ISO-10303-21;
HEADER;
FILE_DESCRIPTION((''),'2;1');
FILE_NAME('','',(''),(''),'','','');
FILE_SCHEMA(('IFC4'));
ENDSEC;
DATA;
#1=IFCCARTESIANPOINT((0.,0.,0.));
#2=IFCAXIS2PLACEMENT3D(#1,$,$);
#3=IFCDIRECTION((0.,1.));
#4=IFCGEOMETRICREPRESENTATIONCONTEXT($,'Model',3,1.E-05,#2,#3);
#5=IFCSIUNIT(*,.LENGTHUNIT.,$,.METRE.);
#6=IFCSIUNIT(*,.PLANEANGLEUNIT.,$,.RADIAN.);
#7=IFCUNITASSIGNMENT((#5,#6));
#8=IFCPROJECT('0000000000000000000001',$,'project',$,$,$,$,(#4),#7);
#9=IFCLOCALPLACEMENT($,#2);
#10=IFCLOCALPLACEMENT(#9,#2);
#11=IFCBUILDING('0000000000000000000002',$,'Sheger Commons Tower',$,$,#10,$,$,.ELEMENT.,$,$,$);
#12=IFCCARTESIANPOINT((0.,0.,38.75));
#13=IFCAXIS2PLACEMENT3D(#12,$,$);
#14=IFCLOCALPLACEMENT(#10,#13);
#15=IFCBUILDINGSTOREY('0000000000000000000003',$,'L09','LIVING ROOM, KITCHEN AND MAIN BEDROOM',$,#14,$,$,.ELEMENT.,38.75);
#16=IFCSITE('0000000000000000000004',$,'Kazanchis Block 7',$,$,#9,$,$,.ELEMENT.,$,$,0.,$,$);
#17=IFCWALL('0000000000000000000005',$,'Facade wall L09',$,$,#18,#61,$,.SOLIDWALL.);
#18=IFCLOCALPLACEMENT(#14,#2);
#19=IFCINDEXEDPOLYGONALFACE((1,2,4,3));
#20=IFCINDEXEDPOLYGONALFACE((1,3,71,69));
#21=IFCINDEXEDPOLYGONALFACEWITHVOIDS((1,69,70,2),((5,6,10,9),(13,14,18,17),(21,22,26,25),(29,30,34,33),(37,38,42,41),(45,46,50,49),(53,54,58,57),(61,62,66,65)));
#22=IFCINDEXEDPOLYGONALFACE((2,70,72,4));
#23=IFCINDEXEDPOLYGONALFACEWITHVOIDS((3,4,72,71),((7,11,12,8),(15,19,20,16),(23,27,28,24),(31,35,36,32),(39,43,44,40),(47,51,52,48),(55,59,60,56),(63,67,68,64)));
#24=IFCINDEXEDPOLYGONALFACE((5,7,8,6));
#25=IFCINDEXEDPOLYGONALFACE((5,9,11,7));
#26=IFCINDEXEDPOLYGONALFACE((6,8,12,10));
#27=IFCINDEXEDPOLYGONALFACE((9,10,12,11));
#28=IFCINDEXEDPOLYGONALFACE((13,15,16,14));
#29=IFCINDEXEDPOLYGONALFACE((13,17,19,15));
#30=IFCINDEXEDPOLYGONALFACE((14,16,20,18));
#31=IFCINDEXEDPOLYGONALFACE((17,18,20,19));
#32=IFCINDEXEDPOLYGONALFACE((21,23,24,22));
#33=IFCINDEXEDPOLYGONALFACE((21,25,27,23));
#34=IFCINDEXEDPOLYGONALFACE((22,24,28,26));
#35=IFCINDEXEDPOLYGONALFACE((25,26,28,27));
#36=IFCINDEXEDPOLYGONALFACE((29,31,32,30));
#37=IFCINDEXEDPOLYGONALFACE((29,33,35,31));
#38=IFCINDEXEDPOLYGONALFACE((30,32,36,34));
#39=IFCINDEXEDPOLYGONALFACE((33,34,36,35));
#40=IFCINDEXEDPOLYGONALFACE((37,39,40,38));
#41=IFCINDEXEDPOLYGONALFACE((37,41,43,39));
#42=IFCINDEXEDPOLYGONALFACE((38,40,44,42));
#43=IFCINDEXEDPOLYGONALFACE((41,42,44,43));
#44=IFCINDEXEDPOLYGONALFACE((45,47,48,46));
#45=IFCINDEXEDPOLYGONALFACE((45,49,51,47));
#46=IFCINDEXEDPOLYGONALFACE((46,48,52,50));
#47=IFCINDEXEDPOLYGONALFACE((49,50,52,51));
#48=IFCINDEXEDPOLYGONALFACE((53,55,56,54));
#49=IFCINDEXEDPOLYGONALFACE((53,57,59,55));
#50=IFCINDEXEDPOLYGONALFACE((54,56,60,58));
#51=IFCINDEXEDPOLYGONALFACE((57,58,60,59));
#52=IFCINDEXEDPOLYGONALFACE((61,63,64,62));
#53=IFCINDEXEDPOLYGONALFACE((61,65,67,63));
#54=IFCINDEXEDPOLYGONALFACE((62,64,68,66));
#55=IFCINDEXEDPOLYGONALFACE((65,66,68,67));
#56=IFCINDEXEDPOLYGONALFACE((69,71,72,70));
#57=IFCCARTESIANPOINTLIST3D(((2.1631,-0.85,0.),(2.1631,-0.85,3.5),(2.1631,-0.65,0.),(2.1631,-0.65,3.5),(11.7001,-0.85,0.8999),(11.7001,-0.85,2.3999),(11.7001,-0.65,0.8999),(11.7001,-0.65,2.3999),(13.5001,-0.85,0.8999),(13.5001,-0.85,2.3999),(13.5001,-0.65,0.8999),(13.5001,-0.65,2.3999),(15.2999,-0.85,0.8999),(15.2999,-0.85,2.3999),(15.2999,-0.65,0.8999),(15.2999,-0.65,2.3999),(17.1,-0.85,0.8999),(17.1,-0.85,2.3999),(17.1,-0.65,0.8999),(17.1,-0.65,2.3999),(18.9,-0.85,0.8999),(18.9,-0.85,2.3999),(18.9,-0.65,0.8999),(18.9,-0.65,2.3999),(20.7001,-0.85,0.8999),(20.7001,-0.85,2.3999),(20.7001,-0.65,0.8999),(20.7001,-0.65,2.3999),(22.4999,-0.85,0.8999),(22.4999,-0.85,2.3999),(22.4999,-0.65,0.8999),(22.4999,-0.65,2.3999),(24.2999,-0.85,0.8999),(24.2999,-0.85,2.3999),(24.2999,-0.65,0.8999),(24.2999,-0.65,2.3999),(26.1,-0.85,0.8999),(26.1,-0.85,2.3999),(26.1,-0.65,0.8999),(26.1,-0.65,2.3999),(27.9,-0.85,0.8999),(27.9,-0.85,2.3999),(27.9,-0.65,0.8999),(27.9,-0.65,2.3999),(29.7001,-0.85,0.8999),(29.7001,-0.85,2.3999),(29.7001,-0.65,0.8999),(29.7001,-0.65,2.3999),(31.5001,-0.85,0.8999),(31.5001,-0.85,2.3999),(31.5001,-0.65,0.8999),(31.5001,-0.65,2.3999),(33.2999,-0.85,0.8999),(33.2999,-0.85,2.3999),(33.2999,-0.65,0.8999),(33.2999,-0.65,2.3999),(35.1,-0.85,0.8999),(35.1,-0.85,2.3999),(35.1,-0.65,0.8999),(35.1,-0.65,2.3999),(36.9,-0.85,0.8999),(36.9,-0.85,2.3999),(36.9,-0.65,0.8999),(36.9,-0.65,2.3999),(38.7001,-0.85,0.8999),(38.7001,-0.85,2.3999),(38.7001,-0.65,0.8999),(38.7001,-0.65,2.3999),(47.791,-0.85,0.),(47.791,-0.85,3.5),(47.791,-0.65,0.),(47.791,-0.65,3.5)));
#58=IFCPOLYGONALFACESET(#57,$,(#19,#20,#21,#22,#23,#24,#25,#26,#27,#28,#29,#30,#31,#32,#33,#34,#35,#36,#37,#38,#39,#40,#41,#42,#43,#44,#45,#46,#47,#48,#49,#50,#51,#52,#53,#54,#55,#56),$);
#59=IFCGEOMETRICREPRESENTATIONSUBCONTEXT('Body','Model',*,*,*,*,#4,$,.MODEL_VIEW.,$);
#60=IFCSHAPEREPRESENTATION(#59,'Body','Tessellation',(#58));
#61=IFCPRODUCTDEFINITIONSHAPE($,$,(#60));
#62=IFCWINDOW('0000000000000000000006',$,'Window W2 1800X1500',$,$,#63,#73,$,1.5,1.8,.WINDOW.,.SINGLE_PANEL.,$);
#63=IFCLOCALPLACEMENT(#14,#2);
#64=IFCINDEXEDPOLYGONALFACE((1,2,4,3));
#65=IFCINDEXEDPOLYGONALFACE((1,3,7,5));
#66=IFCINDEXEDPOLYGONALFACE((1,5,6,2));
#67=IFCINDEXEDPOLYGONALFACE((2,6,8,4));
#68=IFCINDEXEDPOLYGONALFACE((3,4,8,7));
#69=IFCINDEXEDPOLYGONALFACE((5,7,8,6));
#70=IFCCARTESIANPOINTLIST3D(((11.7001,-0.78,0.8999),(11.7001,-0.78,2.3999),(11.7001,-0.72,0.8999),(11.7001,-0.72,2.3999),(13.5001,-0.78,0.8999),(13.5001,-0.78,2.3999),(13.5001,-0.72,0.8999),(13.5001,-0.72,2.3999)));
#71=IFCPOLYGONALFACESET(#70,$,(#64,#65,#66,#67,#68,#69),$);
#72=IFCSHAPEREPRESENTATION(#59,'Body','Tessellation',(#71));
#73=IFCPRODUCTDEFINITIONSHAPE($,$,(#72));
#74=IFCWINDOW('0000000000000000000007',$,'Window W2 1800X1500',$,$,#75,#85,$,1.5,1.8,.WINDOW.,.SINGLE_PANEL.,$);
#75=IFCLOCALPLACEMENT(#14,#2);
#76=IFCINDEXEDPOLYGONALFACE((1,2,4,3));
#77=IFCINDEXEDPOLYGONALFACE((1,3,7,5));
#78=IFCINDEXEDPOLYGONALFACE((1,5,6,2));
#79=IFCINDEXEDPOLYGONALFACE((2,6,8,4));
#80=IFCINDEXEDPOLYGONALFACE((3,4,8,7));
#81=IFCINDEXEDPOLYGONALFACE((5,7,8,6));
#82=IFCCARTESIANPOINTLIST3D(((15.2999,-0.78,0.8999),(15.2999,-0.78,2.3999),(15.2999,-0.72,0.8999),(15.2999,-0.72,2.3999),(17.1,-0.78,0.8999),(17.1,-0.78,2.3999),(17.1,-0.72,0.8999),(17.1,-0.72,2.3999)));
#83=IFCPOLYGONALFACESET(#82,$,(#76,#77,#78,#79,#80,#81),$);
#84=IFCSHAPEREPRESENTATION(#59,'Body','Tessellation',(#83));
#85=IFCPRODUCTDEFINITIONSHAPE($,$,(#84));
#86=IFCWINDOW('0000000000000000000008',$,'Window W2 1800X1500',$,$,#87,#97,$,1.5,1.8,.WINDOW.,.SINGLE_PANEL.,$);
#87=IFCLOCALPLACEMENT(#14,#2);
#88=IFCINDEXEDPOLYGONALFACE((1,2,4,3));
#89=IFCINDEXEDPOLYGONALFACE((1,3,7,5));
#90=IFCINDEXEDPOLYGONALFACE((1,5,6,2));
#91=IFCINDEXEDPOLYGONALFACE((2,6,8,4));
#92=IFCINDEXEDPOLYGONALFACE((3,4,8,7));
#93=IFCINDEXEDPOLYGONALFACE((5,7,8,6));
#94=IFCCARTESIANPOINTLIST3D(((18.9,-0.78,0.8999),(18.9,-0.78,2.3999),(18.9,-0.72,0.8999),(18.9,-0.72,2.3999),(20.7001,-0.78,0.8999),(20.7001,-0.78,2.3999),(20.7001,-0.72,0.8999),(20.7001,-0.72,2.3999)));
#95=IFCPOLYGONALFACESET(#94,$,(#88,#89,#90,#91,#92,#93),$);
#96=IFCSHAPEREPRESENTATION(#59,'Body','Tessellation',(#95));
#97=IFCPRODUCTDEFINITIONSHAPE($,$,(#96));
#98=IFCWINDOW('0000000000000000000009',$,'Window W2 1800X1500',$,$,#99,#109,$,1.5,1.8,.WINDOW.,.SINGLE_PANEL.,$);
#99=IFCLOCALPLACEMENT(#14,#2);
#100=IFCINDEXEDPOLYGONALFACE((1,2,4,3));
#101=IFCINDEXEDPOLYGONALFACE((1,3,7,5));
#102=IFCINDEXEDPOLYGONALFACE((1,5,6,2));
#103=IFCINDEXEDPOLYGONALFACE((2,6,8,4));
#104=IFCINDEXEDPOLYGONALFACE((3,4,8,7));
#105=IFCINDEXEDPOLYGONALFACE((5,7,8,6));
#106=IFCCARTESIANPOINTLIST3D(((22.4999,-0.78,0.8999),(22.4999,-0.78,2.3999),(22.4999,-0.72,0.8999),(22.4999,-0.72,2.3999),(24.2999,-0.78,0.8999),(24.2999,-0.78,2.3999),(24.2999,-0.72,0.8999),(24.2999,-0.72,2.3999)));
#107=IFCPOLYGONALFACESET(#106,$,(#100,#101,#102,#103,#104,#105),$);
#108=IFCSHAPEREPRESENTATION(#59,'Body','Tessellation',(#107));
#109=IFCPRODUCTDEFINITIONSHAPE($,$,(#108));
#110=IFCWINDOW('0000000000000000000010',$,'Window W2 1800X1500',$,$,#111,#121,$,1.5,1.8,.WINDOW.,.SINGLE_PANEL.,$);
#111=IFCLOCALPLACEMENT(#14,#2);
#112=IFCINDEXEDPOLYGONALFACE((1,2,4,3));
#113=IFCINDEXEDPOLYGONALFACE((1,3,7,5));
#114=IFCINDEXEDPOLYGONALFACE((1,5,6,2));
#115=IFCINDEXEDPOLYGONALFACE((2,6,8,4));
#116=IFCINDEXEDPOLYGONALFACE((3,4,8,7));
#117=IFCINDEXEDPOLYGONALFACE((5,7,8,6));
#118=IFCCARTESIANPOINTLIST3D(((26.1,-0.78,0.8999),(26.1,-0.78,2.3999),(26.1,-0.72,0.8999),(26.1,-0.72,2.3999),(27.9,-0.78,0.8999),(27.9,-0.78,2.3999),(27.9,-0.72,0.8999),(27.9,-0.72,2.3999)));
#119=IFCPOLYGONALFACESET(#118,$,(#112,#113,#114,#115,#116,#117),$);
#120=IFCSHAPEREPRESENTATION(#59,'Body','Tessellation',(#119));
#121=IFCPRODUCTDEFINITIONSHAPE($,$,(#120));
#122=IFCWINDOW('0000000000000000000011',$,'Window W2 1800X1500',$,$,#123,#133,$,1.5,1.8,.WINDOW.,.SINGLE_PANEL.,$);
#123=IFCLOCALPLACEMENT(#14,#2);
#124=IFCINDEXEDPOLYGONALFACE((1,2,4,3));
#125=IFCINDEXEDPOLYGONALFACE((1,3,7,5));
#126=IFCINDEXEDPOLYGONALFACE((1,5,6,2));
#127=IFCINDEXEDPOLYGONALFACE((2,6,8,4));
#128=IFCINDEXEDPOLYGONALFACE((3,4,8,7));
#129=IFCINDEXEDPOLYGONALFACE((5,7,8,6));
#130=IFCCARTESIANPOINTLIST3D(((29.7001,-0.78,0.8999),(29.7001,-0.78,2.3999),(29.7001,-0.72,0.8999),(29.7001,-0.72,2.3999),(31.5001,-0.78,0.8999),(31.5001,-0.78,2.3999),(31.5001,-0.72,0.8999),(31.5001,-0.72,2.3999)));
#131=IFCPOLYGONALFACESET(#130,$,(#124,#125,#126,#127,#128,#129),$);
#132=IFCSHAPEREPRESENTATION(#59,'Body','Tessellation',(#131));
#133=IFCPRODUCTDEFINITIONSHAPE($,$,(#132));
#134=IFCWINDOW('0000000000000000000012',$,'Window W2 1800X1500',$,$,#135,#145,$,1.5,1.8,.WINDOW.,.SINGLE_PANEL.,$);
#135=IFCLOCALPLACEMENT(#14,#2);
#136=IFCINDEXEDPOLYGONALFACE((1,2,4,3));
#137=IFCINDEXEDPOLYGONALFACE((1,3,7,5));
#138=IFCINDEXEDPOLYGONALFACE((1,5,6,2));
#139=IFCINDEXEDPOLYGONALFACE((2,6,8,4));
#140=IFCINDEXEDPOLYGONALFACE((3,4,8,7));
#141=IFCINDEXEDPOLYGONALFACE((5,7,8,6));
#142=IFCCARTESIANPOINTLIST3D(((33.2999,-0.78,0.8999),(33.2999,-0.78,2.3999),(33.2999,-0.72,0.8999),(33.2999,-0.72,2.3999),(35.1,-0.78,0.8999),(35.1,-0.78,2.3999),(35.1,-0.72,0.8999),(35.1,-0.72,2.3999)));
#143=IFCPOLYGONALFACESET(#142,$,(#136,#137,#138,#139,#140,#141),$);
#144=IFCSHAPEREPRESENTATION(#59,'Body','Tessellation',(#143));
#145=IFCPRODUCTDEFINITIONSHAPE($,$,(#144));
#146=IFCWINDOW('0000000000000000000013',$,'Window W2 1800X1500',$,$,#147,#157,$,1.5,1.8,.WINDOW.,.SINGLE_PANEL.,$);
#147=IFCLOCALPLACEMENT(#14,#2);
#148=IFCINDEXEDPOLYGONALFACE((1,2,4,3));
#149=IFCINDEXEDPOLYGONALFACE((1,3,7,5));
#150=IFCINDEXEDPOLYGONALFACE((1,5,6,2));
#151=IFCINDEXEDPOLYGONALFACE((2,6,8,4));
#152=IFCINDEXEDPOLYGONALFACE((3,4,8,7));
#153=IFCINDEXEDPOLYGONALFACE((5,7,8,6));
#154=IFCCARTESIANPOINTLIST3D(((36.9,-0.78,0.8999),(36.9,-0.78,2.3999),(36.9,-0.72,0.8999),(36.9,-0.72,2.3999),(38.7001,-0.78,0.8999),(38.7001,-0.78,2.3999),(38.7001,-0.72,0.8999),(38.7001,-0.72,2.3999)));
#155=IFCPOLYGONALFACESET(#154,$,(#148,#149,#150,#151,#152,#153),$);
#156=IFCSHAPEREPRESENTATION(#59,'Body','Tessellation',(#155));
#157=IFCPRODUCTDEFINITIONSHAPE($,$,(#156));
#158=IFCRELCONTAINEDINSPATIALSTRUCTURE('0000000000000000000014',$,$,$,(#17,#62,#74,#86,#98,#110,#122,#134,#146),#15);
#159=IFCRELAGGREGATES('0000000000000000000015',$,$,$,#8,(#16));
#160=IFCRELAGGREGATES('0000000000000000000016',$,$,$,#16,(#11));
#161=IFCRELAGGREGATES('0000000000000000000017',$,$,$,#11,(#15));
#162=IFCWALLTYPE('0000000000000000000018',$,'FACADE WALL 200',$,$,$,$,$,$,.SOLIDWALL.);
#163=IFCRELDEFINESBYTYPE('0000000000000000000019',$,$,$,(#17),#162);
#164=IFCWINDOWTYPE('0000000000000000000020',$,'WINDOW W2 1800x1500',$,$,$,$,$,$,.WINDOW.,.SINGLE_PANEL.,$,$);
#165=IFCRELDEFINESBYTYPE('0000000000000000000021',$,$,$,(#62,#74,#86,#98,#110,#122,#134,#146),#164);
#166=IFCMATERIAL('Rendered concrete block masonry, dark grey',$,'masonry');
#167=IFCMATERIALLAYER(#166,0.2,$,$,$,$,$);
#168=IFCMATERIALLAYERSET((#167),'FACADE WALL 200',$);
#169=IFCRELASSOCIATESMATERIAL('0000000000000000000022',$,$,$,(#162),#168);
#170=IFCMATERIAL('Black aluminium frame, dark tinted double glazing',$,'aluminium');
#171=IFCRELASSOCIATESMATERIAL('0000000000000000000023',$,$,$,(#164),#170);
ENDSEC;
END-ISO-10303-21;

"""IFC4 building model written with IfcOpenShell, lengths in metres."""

from ifc_helpers import new_model, si_unit, direction, frame, frame_2d, origin, place, context, subcontext, project, spatial, rectangle, extrude, material, layer, layer_set, type_object, element, fill, save


model = new_model("IFC4")

# Units and contexts
model_context = context("Model", 3, precision=1e-05, world=origin(), true_north=direction((0.0, 1.0)))
body_context = subcontext(model_context, "Body", "Model", "MODEL_VIEW")
ifc_project = project(units=[si_unit("LENGTHUNIT", "METRE"), si_unit("PLANEANGLEUNIT", "RADIAN")], contexts=[model_context])

# Site, building, storey
site_placement = place(None, origin())
site = spatial("IfcSite", under=ifc_project, at=site_placement, Name="Kazanchis Block 7", CompositionType="ELEMENT", RefElevation=0.0)
building_placement = place(site_placement, origin())
building = spatial("IfcBuilding", under=site, at=building_placement, Name="Sheger Commons Tower", CompositionType="ELEMENT")
storey_placement = place(building_placement, frame((0.0, 0.0, 38.75)))
storey = spatial("IfcBuildingStorey", under=building, at=storey_placement, Name="L09", Description="LIVING ROOM, KITCHEN AND MAIN BEDROOM", CompositionType="ELEMENT", Elevation=38.75)

# Wall, openings, windows
ifc_material_1 = material(Name="Rendered concrete block masonry, dark grey", Category="masonry")
ifc_layer_1 = layer(ifc_material_1, 0.2)
ifc_layer_set_1 = layer_set([ifc_layer_1], Name="FACADE WALL 200")
wall_type_1 = type_object("IfcWallType", Name="FACADE WALL 200", PredefinedType="SOLIDWALL", material=ifc_layer_set_1)
wall_1_placement = place(storey_placement, frame((2.1631, -0.75, 0.0), z_axis=(0.0, 0.0, 1.0), x_axis=(1.0, 0.0, 0.0)))
wall_1 = element("IfcWall", 1, at=wall_1_placement, inside=storey, type_object=wall_type_1, Name="Facade wall L09", PredefinedType="SOLIDWALL", context=body_context, shape_type="SweptSolid", body=[
    extrude(rectangle(XDim=45.6279, YDim=0.2, at=frame_2d((22.814, 0.0))), origin(), (0.0, 0.0, 1.0), 3.5),
])
opening_1_placement = place(wall_1_placement, frame((9.5371, 0.0, 0.8999)))
opening_1 = element("IfcOpeningElement", 2, at=opening_1_placement, cuts=wall_1, PredefinedType="OPENING", context=body_context, shape_type="SweptSolid", body=[
    extrude(rectangle(XDim=1.8, YDim=1.5, at=frame_2d((0.8999, 0.75))), frame((0.0, 0.1099, 0.0), z_axis=(0.0, -1.0, 0.0), x_axis=(1.0, 0.0, 0.0)), (0.0, 0.0, 1.0), 0.22),
])
opening_2_placement = place(wall_1_placement, frame((13.137, 0.0, 0.8999)))
opening_2 = element("IfcOpeningElement", 3, at=opening_2_placement, cuts=wall_1, PredefinedType="OPENING", context=body_context, shape_type="SweptSolid", body=[
    extrude(rectangle(XDim=1.8, YDim=1.5, at=frame_2d((0.8999, 0.75))), frame((0.0, 0.1099, 0.0), z_axis=(0.0, -1.0, 0.0), x_axis=(1.0, 0.0, 0.0)), (0.0, 0.0, 1.0), 0.22),
])
opening_3_placement = place(wall_1_placement, frame((16.7371, 0.0, 0.8999)))
opening_3 = element("IfcOpeningElement", 4, at=opening_3_placement, cuts=wall_1, PredefinedType="OPENING", context=body_context, shape_type="SweptSolid", body=[
    extrude(rectangle(XDim=1.8, YDim=1.5, at=frame_2d((0.8999, 0.75))), frame((0.0, 0.1099, 0.0), z_axis=(0.0, -1.0, 0.0), x_axis=(1.0, 0.0, 0.0)), (0.0, 0.0, 1.0), 0.22),
])
opening_4_placement = place(wall_1_placement, frame((20.3369, 0.0, 0.8999)))
opening_4 = element("IfcOpeningElement", 5, at=opening_4_placement, cuts=wall_1, PredefinedType="OPENING", context=body_context, shape_type="SweptSolid", body=[
    extrude(rectangle(XDim=1.8, YDim=1.5, at=frame_2d((0.8999, 0.75))), frame((0.0, 0.1099, 0.0), z_axis=(0.0, -1.0, 0.0), x_axis=(1.0, 0.0, 0.0)), (0.0, 0.0, 1.0), 0.22),
])
opening_5_placement = place(wall_1_placement, frame((23.937, 0.0, 0.8999)))
opening_5 = element("IfcOpeningElement", 6, at=opening_5_placement, cuts=wall_1, PredefinedType="OPENING", context=body_context, shape_type="SweptSolid", body=[
    extrude(rectangle(XDim=1.8, YDim=1.5, at=frame_2d((0.8999, 0.75))), frame((0.0, 0.1099, 0.0), z_axis=(0.0, -1.0, 0.0), x_axis=(1.0, 0.0, 0.0)), (0.0, 0.0, 1.0), 0.22),
])
opening_6_placement = place(wall_1_placement, frame((27.5371, 0.0, 0.8999)))
opening_6 = element("IfcOpeningElement", 7, at=opening_6_placement, cuts=wall_1, PredefinedType="OPENING", context=body_context, shape_type="SweptSolid", body=[
    extrude(rectangle(XDim=1.8, YDim=1.5, at=frame_2d((0.8999, 0.75))), frame((0.0, 0.1099, 0.0), z_axis=(0.0, -1.0, 0.0), x_axis=(1.0, 0.0, 0.0)), (0.0, 0.0, 1.0), 0.22),
])
opening_7_placement = place(wall_1_placement, frame((31.137, 0.0, 0.8999)))
opening_7 = element("IfcOpeningElement", 8, at=opening_7_placement, cuts=wall_1, PredefinedType="OPENING", context=body_context, shape_type="SweptSolid", body=[
    extrude(rectangle(XDim=1.8, YDim=1.5, at=frame_2d((0.8999, 0.75))), frame((0.0, 0.1099, 0.0), z_axis=(0.0, -1.0, 0.0), x_axis=(1.0, 0.0, 0.0)), (0.0, 0.0, 1.0), 0.22),
])
opening_8_placement = place(wall_1_placement, frame((34.7371, 0.0, 0.8999)))
opening_8 = element("IfcOpeningElement", 9, at=opening_8_placement, cuts=wall_1, PredefinedType="OPENING", context=body_context, shape_type="SweptSolid", body=[
    extrude(rectangle(XDim=1.8, YDim=1.5, at=frame_2d((0.8999, 0.75))), frame((0.0, 0.1099, 0.0), z_axis=(0.0, -1.0, 0.0), x_axis=(1.0, 0.0, 0.0)), (0.0, 0.0, 1.0), 0.22),
])
ifc_material_2 = material(Name="Black aluminium frame, dark tinted double glazing", Category="aluminium")
window_type = type_object("IfcWindowType", Name="WINDOW W2 1800x1500", PartitioningType="SINGLE_PANEL", PredefinedType="WINDOW", material=ifc_material_2)
window_1_placement = place(opening_1_placement, origin())
window_1 = element("IfcWindow", 10, at=window_1_placement, inside=storey, type_object=window_type, Name="Window W2 1800X1500", OverallHeight=1.5, OverallWidth=1.8, PartitioningType="SINGLE_PANEL", PredefinedType="WINDOW", context=body_context, shape_type="SweptSolid", body=[
    extrude(rectangle(XDim=1.8, YDim=1.5, at=frame_2d((0.8999, 0.75))), frame((0.0, 0.03, 0.0), z_axis=(0.0, -1.0, 0.0), x_axis=(1.0, 0.0, 0.0)), (0.0, 0.0, 1.0), 0.0601),
])
fill(opening_1, window_1)
window_2_placement = place(opening_2_placement, origin())
window_2 = element("IfcWindow", 11, at=window_2_placement, inside=storey, type_object=window_type, Name="Window W2 1800X1500", OverallHeight=1.5, OverallWidth=1.8, PartitioningType="SINGLE_PANEL", PredefinedType="WINDOW", context=body_context, shape_type="SweptSolid", body=[
    extrude(rectangle(XDim=1.8, YDim=1.5, at=frame_2d((0.8999, 0.75))), frame((0.0, 0.03, 0.0), z_axis=(0.0, -1.0, 0.0), x_axis=(1.0, 0.0, 0.0)), (0.0, 0.0, 1.0), 0.0601),
])
fill(opening_2, window_2)
window_3_placement = place(opening_3_placement, origin())
window_3 = element("IfcWindow", 12, at=window_3_placement, inside=storey, type_object=window_type, Name="Window W2 1800X1500", OverallHeight=1.5, OverallWidth=1.8, PartitioningType="SINGLE_PANEL", PredefinedType="WINDOW", context=body_context, shape_type="SweptSolid", body=[
    extrude(rectangle(XDim=1.8, YDim=1.5, at=frame_2d((0.8999, 0.75))), frame((0.0, 0.03, 0.0), z_axis=(0.0, -1.0, 0.0), x_axis=(1.0, 0.0, 0.0)), (0.0, 0.0, 1.0), 0.0601),
])
fill(opening_3, window_3)
window_4_placement = place(opening_4_placement, origin())
window_4 = element("IfcWindow", 13, at=window_4_placement, inside=storey, type_object=window_type, Name="Window W2 1800X1500", OverallHeight=1.5, OverallWidth=1.8, PartitioningType="SINGLE_PANEL", PredefinedType="WINDOW", context=body_context, shape_type="SweptSolid", body=[
    extrude(rectangle(XDim=1.8, YDim=1.5, at=frame_2d((0.8999, 0.75))), frame((0.0, 0.03, 0.0), z_axis=(0.0, -1.0, 0.0), x_axis=(1.0, 0.0, 0.0)), (0.0, 0.0, 1.0), 0.0601),
])
fill(opening_4, window_4)
window_5_placement = place(opening_5_placement, origin())
window_5 = element("IfcWindow", 14, at=window_5_placement, inside=storey, type_object=window_type, Name="Window W2 1800X1500", OverallHeight=1.5, OverallWidth=1.8, PartitioningType="SINGLE_PANEL", PredefinedType="WINDOW", context=body_context, shape_type="SweptSolid", body=[
    extrude(rectangle(XDim=1.8, YDim=1.5, at=frame_2d((0.8999, 0.75))), frame((0.0, 0.03, 0.0), z_axis=(0.0, -1.0, 0.0), x_axis=(1.0, 0.0, 0.0)), (0.0, 0.0, 1.0), 0.0601),
])
fill(opening_5, window_5)
window_6_placement = place(opening_6_placement, origin())
window_6 = element("IfcWindow", 15, at=window_6_placement, inside=storey, type_object=window_type, Name="Window W2 1800X1500", OverallHeight=1.5, OverallWidth=1.8, PartitioningType="SINGLE_PANEL", PredefinedType="WINDOW", context=body_context, shape_type="SweptSolid", body=[
    extrude(rectangle(XDim=1.8, YDim=1.5, at=frame_2d((0.8999, 0.75))), frame((0.0, 0.03, 0.0), z_axis=(0.0, -1.0, 0.0), x_axis=(1.0, 0.0, 0.0)), (0.0, 0.0, 1.0), 0.0601),
])
fill(opening_6, window_6)
window_7_placement = place(opening_7_placement, origin())
window_7 = element("IfcWindow", 16, at=window_7_placement, inside=storey, type_object=window_type, Name="Window W2 1800X1500", OverallHeight=1.5, OverallWidth=1.8, PartitioningType="SINGLE_PANEL", PredefinedType="WINDOW", context=body_context, shape_type="SweptSolid", body=[
    extrude(rectangle(XDim=1.8, YDim=1.5, at=frame_2d((0.8999, 0.75))), frame((0.0, 0.03, 0.0), z_axis=(0.0, -1.0, 0.0), x_axis=(1.0, 0.0, 0.0)), (0.0, 0.0, 1.0), 0.0601),
])
fill(opening_7, window_7)
window_8_placement = place(opening_8_placement, origin())
window_8 = element("IfcWindow", 17, at=window_8_placement, inside=storey, type_object=window_type, Name="Window W2 1800X1500", OverallHeight=1.5, OverallWidth=1.8, PartitioningType="SINGLE_PANEL", PredefinedType="WINDOW", context=body_context, shape_type="SweptSolid", body=[
    extrude(rectangle(XDim=1.8, YDim=1.5, at=frame_2d((0.8999, 0.75))), frame((0.0, 0.03, 0.0), z_axis=(0.0, -1.0, 0.0), x_axis=(1.0, 0.0, 0.0)), (0.0, 0.0, 1.0), 0.0601),
])
fill(opening_8, window_8)

save(model, "model.ifc")
